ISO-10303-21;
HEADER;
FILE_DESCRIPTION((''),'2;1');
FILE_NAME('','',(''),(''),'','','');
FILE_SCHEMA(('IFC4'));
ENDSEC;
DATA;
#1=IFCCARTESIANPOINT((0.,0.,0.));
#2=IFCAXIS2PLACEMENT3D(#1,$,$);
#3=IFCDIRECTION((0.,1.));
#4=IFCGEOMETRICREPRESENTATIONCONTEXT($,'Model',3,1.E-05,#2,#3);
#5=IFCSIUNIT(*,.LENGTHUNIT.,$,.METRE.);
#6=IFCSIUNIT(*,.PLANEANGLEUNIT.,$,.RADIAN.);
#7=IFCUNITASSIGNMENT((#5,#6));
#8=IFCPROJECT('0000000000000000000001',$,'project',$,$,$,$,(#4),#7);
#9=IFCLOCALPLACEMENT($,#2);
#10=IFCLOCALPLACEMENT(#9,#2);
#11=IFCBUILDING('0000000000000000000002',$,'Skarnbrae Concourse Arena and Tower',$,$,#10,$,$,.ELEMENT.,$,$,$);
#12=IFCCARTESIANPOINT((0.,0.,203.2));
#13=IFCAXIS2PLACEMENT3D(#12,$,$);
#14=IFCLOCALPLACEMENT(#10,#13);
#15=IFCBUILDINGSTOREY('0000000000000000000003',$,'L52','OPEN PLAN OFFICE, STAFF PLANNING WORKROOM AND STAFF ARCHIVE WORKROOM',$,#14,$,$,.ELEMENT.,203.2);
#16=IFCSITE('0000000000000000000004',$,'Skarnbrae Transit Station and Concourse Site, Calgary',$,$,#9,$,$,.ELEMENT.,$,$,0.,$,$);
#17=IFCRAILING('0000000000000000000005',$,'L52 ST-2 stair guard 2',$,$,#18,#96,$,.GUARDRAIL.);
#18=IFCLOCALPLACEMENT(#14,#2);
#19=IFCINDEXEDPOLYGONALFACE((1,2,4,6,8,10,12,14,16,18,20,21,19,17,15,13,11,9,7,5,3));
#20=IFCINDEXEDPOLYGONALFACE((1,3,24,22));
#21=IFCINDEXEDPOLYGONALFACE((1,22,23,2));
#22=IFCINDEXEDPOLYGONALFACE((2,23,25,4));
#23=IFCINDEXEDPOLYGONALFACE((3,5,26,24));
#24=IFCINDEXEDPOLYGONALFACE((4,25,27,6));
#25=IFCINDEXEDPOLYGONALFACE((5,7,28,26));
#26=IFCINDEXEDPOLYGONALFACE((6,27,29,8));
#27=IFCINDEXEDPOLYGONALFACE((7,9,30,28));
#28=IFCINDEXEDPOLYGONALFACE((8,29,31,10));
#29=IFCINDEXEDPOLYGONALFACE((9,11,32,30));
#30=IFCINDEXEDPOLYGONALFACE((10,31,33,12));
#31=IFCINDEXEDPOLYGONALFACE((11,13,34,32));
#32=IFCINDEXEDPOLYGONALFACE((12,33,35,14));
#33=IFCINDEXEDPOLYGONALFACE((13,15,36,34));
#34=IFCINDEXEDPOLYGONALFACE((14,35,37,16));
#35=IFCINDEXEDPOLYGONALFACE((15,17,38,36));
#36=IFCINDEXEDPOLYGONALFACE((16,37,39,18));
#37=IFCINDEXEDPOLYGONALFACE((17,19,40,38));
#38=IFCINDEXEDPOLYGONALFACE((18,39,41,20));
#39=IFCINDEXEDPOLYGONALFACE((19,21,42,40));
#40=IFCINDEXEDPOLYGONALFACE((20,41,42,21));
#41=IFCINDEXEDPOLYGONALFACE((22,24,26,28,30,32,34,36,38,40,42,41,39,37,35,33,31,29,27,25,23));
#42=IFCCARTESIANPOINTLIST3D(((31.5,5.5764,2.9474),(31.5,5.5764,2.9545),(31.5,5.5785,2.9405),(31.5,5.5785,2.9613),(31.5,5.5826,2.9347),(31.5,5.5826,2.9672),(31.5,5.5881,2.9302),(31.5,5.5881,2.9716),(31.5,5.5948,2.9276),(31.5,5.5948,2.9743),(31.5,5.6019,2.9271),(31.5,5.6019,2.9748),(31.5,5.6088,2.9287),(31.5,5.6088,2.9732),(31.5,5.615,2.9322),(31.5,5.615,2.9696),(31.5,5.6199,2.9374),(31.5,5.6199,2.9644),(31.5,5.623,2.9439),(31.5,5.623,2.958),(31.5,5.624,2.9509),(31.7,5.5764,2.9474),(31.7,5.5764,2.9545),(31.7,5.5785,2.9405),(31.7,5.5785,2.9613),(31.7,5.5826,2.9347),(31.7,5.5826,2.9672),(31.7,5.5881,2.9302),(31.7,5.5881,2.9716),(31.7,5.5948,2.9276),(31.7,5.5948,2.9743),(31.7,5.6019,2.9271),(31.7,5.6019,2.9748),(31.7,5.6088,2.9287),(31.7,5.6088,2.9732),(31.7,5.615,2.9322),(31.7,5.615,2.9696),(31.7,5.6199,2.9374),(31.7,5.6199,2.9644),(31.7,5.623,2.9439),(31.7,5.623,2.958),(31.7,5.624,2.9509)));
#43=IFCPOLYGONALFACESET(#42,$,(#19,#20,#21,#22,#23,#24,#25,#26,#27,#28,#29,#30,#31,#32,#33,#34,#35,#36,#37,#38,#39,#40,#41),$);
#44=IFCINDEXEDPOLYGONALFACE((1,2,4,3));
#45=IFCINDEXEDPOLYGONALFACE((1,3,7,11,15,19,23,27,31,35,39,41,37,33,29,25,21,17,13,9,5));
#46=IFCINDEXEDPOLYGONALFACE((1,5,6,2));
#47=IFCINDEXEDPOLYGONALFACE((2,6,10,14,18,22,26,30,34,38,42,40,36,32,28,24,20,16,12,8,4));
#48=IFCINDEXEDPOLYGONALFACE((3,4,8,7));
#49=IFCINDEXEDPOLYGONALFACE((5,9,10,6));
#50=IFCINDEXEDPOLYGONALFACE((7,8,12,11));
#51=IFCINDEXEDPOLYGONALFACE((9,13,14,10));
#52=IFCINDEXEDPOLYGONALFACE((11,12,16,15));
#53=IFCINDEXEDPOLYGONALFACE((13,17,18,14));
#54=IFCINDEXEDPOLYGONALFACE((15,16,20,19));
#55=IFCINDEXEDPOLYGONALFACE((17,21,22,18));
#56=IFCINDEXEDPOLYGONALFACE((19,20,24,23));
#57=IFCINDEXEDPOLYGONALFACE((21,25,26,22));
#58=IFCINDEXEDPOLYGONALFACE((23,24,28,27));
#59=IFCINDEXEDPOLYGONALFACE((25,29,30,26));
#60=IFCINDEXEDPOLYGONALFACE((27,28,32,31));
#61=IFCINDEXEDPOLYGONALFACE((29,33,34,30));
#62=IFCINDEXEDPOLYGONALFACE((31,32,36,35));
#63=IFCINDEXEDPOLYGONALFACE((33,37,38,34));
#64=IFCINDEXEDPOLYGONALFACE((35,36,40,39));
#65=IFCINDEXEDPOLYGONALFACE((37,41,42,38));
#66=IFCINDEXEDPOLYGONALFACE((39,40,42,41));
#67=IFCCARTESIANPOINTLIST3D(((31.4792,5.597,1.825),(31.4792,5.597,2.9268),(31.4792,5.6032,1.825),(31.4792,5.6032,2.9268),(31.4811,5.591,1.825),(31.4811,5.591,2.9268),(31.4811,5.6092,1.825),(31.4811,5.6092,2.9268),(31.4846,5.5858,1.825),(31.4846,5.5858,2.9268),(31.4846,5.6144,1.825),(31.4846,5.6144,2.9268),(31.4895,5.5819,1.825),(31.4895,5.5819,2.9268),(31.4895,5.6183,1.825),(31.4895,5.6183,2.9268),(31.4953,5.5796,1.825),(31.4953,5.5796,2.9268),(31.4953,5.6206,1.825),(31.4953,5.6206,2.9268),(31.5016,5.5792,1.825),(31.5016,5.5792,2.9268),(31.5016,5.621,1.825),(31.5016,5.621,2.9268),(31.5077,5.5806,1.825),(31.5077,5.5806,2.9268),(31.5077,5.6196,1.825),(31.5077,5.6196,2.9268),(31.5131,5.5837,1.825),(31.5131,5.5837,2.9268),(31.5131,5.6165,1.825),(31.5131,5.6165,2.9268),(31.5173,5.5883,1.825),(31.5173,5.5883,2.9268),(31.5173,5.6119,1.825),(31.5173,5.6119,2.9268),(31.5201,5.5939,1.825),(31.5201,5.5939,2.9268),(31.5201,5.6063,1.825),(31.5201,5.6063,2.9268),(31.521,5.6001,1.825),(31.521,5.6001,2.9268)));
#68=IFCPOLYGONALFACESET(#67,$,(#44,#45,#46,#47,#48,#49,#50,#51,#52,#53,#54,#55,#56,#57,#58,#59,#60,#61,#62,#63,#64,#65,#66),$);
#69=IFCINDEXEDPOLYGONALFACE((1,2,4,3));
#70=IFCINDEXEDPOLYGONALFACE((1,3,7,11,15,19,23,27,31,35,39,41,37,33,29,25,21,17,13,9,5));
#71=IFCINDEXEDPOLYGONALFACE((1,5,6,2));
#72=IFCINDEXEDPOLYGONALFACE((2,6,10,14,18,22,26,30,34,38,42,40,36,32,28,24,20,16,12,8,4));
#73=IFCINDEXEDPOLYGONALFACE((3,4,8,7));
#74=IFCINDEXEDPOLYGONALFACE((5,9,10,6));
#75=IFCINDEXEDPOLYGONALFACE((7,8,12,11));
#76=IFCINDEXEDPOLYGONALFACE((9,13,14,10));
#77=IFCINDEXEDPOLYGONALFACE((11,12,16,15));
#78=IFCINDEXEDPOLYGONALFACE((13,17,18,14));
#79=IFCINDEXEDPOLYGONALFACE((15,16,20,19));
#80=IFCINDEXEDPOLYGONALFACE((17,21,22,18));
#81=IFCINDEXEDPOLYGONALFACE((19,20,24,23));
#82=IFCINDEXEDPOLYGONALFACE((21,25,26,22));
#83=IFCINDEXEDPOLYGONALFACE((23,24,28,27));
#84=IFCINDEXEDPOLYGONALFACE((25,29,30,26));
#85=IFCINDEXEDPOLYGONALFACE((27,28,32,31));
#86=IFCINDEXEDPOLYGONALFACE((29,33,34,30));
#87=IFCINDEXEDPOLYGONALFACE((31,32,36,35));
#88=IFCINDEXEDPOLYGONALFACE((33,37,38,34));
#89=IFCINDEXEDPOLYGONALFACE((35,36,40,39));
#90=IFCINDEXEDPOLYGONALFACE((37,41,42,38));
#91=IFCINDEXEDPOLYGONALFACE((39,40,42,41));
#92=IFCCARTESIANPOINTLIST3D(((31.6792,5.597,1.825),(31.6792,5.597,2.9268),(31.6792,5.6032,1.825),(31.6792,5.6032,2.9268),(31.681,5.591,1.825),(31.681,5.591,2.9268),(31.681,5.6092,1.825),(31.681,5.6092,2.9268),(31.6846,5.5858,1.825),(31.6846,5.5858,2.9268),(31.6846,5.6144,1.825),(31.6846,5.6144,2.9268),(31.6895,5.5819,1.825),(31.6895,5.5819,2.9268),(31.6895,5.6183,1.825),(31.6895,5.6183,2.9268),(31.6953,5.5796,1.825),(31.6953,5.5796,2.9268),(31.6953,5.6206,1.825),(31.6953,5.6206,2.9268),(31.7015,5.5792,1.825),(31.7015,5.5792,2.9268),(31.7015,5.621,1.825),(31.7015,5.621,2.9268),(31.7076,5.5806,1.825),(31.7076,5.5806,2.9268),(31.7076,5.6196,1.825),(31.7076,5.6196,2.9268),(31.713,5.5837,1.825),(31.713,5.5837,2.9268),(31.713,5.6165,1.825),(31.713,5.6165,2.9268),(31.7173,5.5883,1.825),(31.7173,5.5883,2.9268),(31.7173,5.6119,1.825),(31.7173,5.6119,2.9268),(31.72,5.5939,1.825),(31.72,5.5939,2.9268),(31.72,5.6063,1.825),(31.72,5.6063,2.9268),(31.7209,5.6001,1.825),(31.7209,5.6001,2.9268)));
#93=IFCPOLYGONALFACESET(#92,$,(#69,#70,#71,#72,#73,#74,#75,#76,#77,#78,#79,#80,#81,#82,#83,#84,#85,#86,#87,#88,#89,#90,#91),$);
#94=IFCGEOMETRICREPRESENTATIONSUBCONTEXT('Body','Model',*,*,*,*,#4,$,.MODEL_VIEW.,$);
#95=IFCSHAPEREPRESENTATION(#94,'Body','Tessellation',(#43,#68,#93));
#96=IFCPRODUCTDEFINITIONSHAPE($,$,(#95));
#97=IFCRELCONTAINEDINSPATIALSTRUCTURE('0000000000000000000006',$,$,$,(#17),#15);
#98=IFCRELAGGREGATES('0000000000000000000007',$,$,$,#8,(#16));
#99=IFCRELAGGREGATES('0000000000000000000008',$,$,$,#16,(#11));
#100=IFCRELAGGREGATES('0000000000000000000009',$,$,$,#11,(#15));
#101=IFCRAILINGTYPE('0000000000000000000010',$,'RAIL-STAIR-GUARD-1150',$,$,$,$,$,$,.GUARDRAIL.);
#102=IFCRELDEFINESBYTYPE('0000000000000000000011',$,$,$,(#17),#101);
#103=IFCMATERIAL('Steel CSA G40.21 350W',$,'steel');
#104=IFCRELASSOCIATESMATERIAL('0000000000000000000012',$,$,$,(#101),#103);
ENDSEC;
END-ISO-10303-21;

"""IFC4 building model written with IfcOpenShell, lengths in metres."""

from ifc_helpers import new_model, si_unit, direction, frame, origin, origin_2d, place, context, subcontext, project, spatial, circle, extrude, material, type_object, element, save


model = new_model("IFC4")

# Units and contexts
model_context = context("Model", 3, precision=1e-05, world=origin(), true_north=direction((0.0, 1.0)))
body_context = subcontext(model_context, "Body", "Model", "MODEL_VIEW")
ifc_project = project(units=[si_unit("LENGTHUNIT", "METRE"), si_unit("PLANEANGLEUNIT", "RADIAN")], contexts=[model_context])

# Site, building, storey
site_placement = place(None, origin())
site = spatial("IfcSite", under=ifc_project, at=site_placement, Name="Skarnbrae Transit Station and Concourse Site, Calgary", CompositionType="ELEMENT", RefElevation=0.0)
building_placement = place(site_placement, origin())
building = spatial("IfcBuilding", under=site, at=building_placement, Name="Skarnbrae Concourse Arena and Tower", CompositionType="ELEMENT")
storey_placement = place(building_placement, frame((0.0, 0.0, 203.2)))
storey = spatial("IfcBuildingStorey", under=building, at=storey_placement, Name="L52", Description="OPEN PLAN OFFICE, STAFF PLANNING WORKROOM AND STAFF ARCHIVE WORKROOM", CompositionType="ELEMENT", Elevation=203.2)

# Shared definitions
ifc_material_1 = material(Name="Steel CSA G40.21 350W", Category="steel")

# Railing
railing_type_1 = type_object("IfcRailingType", Name="RAIL-STAIR-GUARD-1150", PredefinedType="GUARDRAIL", material=ifc_material_1)
railing_1_placement = place(storey_placement, frame((31.5, 5.6001, 1.825)))
element("IfcRailing", 1, at=railing_1_placement, inside=storey, type_object=railing_type_1, Name="L52 ST-2 stair guard 2", PredefinedType="GUARDRAIL", context=body_context, shape_type="SweptSolid", body=[
    extrude(circle(Radius=0.0239, at=origin_2d()), frame((0.0, 0.0, 1.126), z_axis=(1.0, 0.0, 0.0), x_axis=(0.0, 1.0, 0.0)), (0.0, 0.0, 1.0), 0.2),
    extrude(circle(Radius=0.021, at=origin_2d()), origin(), (0.0, 0.0, 1.0), 1.1018),
    extrude(circle(Radius=0.021, at=origin_2d()), frame((0.2, 0.0, 0.0)), (0.0, 0.0, 1.0), 1.1018),
])

save(model, "model.ifc")
